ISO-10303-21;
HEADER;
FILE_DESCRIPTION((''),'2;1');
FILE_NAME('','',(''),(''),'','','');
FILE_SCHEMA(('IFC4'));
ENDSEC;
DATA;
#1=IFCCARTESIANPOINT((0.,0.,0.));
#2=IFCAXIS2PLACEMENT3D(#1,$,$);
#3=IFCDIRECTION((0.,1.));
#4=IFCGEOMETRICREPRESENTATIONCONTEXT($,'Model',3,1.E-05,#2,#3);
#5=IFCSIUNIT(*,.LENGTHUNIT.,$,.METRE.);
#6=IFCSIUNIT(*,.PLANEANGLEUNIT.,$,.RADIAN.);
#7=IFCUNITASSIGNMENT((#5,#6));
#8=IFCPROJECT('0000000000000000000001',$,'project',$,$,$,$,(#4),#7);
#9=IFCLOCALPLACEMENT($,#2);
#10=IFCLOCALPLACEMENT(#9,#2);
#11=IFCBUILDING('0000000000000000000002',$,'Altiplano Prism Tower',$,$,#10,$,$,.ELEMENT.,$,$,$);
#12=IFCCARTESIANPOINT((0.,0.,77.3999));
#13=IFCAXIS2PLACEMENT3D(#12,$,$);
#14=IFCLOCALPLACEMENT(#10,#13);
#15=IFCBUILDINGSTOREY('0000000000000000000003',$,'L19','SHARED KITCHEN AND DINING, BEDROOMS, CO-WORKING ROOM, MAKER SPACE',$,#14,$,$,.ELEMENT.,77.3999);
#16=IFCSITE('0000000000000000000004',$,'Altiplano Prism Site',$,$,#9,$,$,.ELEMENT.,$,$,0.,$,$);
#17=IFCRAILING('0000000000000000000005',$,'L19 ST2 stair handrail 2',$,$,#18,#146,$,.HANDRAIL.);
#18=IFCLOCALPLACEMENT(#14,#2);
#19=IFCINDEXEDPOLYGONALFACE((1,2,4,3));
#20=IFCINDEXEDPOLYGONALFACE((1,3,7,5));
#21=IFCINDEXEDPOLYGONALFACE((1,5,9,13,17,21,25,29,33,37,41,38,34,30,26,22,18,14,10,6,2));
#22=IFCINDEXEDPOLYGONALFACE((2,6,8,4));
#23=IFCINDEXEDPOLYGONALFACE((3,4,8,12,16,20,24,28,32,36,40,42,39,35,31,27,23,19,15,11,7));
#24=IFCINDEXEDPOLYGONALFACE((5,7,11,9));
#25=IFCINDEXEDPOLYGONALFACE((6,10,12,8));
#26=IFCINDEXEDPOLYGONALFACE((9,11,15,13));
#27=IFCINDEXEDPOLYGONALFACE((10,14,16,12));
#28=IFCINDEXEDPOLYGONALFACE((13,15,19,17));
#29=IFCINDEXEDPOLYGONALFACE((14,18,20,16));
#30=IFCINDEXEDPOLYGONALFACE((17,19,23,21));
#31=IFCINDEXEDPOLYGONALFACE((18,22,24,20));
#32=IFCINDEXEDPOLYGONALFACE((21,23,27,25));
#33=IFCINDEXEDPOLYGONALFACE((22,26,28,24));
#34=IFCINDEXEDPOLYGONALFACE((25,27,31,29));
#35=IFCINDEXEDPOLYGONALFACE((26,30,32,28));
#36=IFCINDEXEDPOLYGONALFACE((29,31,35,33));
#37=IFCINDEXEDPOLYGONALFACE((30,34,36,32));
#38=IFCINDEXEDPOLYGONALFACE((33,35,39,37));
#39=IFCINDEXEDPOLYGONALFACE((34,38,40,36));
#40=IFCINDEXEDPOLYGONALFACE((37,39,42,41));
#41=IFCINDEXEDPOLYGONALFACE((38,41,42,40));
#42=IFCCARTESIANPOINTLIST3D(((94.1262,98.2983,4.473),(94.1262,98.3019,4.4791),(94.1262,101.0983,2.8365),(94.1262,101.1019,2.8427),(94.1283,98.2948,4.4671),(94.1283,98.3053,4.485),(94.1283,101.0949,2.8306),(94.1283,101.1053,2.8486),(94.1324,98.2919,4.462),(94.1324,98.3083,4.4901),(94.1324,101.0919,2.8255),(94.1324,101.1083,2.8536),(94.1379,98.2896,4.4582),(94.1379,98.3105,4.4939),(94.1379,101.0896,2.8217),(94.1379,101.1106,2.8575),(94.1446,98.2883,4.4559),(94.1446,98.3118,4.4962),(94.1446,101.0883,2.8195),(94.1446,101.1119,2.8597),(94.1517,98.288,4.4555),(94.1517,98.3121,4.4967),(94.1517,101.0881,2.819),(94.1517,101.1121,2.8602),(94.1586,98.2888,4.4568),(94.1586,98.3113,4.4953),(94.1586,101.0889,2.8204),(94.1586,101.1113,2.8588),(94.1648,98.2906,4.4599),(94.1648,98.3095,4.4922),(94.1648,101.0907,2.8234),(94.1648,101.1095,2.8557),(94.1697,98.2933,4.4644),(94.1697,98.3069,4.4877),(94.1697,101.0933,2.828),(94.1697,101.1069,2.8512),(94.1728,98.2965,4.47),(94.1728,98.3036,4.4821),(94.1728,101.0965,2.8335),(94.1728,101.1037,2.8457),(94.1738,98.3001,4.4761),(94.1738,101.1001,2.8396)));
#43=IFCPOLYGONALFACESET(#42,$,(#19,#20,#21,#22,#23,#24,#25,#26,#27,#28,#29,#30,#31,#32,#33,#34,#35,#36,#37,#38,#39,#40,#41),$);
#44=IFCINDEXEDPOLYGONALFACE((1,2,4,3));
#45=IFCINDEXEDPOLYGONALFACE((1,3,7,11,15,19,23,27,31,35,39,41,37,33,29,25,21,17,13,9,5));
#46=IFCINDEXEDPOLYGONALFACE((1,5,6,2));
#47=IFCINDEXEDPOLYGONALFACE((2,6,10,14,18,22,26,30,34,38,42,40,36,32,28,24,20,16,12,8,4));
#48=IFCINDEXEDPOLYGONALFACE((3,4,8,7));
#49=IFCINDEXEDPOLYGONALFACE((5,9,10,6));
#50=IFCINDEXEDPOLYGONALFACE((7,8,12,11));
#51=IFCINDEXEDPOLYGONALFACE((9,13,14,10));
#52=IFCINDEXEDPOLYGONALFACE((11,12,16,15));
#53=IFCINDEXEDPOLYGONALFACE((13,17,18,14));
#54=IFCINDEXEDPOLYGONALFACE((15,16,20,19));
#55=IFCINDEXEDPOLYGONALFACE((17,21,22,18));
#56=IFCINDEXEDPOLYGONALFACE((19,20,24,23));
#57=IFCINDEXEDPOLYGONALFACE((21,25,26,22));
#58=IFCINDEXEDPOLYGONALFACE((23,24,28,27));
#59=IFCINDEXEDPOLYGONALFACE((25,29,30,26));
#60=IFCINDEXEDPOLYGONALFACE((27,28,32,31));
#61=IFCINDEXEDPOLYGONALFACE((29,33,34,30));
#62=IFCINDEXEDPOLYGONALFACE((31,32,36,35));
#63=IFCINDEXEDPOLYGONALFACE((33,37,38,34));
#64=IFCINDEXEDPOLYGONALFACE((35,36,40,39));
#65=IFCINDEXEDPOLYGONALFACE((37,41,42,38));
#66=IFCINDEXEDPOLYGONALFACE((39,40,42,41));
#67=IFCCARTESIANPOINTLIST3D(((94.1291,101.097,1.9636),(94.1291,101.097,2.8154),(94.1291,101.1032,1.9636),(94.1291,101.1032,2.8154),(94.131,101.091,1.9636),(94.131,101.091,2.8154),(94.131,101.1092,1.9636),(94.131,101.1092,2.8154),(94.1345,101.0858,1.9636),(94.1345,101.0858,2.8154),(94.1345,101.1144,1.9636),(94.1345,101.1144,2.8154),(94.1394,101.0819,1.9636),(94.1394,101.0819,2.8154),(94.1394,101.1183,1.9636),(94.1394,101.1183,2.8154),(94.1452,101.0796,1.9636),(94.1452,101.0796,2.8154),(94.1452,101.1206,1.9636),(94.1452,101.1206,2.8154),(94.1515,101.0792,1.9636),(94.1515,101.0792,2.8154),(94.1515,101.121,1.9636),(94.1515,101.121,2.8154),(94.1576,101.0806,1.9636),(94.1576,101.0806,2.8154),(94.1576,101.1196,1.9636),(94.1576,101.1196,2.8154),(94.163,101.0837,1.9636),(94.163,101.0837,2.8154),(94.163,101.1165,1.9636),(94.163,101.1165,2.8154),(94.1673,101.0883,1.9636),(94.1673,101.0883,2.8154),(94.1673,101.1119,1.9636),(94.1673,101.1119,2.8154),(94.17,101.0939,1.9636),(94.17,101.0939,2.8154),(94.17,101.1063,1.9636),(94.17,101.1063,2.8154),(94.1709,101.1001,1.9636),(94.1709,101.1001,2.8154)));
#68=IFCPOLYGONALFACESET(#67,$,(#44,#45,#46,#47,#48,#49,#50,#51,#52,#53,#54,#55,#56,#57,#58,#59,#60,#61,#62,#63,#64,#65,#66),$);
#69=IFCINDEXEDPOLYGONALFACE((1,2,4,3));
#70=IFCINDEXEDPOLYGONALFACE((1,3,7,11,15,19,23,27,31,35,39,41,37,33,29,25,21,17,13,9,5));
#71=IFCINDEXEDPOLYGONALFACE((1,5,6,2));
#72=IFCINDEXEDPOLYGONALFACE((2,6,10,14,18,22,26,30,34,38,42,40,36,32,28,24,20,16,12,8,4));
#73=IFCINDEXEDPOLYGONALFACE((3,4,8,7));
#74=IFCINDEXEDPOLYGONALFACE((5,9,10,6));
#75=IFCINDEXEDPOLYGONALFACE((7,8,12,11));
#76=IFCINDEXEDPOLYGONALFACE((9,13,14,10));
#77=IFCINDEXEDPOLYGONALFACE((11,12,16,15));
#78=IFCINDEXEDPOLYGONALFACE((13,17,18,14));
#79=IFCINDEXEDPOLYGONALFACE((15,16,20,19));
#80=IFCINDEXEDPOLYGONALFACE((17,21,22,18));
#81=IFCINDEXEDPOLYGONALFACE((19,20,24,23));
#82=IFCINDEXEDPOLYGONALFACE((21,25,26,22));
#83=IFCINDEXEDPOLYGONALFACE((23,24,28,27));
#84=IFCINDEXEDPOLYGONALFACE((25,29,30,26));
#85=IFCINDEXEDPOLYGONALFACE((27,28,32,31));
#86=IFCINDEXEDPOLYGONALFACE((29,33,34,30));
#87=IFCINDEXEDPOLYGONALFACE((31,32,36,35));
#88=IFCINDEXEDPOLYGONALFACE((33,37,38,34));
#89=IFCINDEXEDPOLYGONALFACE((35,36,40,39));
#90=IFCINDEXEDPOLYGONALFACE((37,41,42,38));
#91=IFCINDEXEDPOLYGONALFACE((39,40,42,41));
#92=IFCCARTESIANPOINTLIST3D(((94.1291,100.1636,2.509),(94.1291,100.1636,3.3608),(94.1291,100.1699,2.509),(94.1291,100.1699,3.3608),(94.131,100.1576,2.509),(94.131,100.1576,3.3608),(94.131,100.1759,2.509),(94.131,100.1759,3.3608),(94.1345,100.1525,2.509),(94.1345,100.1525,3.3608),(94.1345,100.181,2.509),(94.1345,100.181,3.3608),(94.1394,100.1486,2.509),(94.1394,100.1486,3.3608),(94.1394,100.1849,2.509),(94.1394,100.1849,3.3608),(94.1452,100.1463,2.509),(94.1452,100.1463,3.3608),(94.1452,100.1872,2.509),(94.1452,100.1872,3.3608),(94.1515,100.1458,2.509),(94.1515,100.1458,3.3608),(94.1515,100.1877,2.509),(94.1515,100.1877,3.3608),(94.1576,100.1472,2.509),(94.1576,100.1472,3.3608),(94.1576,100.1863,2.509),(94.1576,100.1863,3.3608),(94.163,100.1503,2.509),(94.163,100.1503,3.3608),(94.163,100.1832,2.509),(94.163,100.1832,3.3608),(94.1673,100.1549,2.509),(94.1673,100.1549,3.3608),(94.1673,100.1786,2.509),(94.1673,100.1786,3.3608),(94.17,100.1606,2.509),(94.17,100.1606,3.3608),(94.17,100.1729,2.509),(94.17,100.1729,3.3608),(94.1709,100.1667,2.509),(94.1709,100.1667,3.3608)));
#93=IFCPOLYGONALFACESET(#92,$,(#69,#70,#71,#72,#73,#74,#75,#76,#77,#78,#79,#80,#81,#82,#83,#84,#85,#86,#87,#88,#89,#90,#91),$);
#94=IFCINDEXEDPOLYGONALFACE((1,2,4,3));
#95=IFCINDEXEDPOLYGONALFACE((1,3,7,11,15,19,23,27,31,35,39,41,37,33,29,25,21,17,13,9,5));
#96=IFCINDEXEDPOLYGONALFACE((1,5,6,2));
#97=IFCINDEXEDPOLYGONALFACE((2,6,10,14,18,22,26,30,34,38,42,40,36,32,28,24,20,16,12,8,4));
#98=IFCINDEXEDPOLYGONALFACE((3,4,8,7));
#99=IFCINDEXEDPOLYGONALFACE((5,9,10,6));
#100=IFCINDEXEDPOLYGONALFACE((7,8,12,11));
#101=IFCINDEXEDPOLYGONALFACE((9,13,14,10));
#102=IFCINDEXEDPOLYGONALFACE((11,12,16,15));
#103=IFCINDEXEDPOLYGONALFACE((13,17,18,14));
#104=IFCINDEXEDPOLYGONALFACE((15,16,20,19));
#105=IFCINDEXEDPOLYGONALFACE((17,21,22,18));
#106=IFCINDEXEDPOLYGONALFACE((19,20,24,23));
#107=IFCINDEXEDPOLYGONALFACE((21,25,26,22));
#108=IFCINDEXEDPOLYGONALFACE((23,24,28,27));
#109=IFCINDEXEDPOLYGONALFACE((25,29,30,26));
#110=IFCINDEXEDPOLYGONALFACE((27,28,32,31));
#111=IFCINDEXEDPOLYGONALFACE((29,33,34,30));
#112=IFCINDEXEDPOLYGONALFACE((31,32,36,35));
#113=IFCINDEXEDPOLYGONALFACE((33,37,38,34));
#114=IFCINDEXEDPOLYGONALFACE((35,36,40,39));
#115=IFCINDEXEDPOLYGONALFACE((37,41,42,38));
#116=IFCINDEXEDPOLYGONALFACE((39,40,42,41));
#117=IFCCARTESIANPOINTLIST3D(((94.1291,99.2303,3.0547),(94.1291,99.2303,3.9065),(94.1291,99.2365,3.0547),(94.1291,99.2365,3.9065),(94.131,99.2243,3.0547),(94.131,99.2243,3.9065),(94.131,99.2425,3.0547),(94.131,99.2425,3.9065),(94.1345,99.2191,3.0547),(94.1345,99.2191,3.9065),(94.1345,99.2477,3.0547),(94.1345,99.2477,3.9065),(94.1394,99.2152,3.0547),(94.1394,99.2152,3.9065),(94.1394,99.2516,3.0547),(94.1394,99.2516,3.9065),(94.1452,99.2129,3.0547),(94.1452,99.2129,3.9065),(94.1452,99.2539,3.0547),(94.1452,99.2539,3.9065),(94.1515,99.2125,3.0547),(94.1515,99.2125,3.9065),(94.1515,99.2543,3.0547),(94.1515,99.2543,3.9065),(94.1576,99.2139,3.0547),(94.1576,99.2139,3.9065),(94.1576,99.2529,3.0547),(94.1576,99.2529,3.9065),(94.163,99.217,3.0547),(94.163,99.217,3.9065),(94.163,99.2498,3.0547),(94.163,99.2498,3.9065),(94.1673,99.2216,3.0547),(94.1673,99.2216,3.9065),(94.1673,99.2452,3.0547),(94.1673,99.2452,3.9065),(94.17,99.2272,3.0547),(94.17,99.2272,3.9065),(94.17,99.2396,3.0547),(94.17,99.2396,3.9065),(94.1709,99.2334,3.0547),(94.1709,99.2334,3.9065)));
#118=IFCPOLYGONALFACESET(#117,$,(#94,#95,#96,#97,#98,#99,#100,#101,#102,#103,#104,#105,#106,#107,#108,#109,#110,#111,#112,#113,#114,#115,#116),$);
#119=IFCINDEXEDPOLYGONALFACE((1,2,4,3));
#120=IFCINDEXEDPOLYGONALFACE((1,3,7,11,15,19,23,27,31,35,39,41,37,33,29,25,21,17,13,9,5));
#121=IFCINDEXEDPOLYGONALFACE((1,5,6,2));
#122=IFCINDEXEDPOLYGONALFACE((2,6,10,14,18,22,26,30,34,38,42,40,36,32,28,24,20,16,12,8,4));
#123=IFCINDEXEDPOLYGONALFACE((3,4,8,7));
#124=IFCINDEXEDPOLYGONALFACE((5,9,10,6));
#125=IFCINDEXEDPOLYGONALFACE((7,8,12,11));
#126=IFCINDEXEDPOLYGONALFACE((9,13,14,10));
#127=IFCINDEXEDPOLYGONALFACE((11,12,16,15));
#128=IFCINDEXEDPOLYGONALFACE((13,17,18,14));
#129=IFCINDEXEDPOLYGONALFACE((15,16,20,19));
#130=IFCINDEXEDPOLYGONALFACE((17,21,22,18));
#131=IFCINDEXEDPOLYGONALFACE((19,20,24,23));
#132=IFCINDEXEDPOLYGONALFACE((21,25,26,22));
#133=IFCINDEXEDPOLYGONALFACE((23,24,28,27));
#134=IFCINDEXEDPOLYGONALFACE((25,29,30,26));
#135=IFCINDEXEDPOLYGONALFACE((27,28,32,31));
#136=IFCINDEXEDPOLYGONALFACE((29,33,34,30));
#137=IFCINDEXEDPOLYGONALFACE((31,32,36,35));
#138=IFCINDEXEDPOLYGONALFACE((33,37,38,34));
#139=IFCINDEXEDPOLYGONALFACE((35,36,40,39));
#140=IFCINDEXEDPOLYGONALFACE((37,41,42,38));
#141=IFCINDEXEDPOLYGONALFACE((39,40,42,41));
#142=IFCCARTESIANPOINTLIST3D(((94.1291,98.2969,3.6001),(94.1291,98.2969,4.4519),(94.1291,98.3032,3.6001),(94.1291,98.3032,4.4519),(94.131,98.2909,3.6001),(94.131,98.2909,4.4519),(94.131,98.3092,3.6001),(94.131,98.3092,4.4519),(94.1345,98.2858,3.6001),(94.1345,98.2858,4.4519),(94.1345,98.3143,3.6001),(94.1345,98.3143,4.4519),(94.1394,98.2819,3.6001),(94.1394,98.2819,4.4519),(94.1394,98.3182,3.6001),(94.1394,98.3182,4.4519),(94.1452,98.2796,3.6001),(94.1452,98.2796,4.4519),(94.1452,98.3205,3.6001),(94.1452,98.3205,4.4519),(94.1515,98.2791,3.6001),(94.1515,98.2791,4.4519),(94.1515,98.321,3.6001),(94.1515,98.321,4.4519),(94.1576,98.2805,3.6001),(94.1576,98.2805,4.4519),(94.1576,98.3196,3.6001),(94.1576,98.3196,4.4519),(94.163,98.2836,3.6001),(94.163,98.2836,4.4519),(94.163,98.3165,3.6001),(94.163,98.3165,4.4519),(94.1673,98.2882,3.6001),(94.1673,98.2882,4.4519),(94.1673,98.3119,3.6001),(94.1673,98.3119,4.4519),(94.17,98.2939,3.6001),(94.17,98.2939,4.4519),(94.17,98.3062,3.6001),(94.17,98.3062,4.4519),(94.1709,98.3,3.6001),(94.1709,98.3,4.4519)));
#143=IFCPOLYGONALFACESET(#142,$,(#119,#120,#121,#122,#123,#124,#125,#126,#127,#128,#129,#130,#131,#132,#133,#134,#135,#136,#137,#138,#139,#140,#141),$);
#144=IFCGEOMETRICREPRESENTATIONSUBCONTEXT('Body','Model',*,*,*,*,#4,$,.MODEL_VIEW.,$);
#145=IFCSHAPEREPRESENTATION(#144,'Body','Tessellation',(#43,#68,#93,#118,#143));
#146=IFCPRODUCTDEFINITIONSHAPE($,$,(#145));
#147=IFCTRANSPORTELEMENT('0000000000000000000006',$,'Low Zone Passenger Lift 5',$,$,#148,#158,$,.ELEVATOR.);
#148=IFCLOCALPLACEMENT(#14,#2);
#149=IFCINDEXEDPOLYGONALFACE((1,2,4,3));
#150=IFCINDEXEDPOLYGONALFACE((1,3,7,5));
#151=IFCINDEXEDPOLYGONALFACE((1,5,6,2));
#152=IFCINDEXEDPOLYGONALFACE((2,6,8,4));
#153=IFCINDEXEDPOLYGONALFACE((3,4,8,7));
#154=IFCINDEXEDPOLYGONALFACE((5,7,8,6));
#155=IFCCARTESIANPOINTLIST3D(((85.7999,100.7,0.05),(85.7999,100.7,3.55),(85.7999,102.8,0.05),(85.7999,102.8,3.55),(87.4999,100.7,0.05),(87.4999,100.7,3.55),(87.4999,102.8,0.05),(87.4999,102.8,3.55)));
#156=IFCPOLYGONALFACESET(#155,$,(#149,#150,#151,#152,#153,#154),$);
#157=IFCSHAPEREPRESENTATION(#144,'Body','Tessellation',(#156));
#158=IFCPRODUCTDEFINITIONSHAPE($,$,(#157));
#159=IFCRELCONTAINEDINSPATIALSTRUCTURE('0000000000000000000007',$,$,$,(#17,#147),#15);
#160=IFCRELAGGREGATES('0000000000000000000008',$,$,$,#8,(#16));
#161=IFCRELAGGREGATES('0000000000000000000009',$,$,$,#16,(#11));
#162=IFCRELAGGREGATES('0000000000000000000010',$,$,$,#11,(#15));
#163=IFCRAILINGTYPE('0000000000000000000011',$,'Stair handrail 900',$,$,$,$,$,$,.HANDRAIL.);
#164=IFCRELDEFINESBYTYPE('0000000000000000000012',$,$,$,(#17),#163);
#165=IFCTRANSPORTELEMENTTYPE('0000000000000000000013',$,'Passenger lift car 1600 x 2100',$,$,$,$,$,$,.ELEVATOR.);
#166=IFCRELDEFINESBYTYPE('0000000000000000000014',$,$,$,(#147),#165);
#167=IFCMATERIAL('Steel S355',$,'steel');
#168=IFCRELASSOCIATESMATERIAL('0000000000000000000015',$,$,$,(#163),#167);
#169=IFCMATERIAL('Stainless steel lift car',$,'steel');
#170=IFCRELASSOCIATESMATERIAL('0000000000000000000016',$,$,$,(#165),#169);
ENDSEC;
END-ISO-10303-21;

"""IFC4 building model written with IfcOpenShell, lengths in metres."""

from ifc_helpers import new_model, si_unit, direction, frame, origin, origin_2d, place, context, subcontext, project, spatial, rectangle, circle, extrude, material, type_object, element, save


model = new_model("IFC4")

# Units and contexts
model_context = context("Model", 3, precision=1e-05, world=origin(), true_north=direction((0.0, 1.0)))
body_context = subcontext(model_context, "Body", "Model", "MODEL_VIEW")
ifc_project = project(units=[si_unit("LENGTHUNIT", "METRE"), si_unit("PLANEANGLEUNIT", "RADIAN")], contexts=[model_context])

# Site, building, storey
site_placement = place(None, origin())
site = spatial("IfcSite", under=ifc_project, at=site_placement, Name="Altiplano Prism Site", CompositionType="ELEMENT", RefElevation=0.0)
building_placement = place(site_placement, origin())
building = spatial("IfcBuilding", under=site, at=building_placement, Name="Altiplano Prism Tower", CompositionType="ELEMENT")
storey_placement = place(building_placement, frame((0.0, 0.0, 77.3999)))
storey = spatial("IfcBuildingStorey", under=building, at=storey_placement, Name="L19", Description="SHARED KITCHEN AND DINING, BEDROOMS, CO-WORKING ROOM, MAKER SPACE", CompositionType="ELEMENT", Elevation=77.3999)

# Railing
ifc_material_1 = material(Name="Steel S355", Category="steel")
railing_type_1 = type_object("IfcRailingType", Name="Stair handrail 900", PredefinedType="HANDRAIL", material=ifc_material_1)
railing_1_placement = place(storey_placement, frame((94.1499, 101.1001, 1.9636)))
element("IfcRailing", 1, at=railing_1_placement, inside=storey, type_object=railing_type_1, Name="L19 ST2 stair handrail 2", PredefinedType="HANDRAIL", context=body_context, shape_type="SweptSolid", body=[
    extrude(circle(Radius=0.0239, at=origin_2d()), frame((0.0, 0.0, 0.876), z_axis=(0.0, -0.863361, 0.504587), x_axis=(1.0, 0.0, 0.0)), (0.0, 0.0, 1.0), 3.2432),
    extrude(circle(Radius=0.021, at=origin_2d()), origin(), (0.0, 0.0, 1.0), 0.8518),
    extrude(circle(Radius=0.021, at=origin_2d()), frame((0.0, -0.9333, 0.5454)), (0.0, 0.0, 1.0), 0.8518),
    extrude(circle(Radius=0.021, at=origin_2d()), frame((0.0, -1.8667, 1.0911)), (0.0, 0.0, 1.0), 0.8518),
    extrude(circle(Radius=0.021, at=origin_2d()), frame((0.0, -2.8, 1.6365)), (0.0, 0.0, 1.0), 0.8518),
])

# Transport element
ifc_material_2 = material(Name="Stainless steel lift car", Category="steel")
transport_element_type = type_object("IfcTransportElementType", Name="Passenger lift car 1600 x 2100", PredefinedType="ELEVATOR", material=ifc_material_2)
transport_element_placement = place(storey_placement, frame((86.6499, 101.75, 0.05), z_axis=(0.0, 0.0, 1.0), x_axis=(1.0, 0.0, 0.0)))
element("IfcTransportElement", 2, at=transport_element_placement, inside=storey, type_object=transport_element_type, Name="Low Zone Passenger Lift 5", PredefinedType="ELEVATOR", context=body_context, shape_type="SweptSolid", body=[
    extrude(rectangle(XDim=1.7, YDim=2.1001, at=origin_2d()), origin(), (0.0, 0.0, 1.0), 3.5),
])

save(model, "model.ifc")
